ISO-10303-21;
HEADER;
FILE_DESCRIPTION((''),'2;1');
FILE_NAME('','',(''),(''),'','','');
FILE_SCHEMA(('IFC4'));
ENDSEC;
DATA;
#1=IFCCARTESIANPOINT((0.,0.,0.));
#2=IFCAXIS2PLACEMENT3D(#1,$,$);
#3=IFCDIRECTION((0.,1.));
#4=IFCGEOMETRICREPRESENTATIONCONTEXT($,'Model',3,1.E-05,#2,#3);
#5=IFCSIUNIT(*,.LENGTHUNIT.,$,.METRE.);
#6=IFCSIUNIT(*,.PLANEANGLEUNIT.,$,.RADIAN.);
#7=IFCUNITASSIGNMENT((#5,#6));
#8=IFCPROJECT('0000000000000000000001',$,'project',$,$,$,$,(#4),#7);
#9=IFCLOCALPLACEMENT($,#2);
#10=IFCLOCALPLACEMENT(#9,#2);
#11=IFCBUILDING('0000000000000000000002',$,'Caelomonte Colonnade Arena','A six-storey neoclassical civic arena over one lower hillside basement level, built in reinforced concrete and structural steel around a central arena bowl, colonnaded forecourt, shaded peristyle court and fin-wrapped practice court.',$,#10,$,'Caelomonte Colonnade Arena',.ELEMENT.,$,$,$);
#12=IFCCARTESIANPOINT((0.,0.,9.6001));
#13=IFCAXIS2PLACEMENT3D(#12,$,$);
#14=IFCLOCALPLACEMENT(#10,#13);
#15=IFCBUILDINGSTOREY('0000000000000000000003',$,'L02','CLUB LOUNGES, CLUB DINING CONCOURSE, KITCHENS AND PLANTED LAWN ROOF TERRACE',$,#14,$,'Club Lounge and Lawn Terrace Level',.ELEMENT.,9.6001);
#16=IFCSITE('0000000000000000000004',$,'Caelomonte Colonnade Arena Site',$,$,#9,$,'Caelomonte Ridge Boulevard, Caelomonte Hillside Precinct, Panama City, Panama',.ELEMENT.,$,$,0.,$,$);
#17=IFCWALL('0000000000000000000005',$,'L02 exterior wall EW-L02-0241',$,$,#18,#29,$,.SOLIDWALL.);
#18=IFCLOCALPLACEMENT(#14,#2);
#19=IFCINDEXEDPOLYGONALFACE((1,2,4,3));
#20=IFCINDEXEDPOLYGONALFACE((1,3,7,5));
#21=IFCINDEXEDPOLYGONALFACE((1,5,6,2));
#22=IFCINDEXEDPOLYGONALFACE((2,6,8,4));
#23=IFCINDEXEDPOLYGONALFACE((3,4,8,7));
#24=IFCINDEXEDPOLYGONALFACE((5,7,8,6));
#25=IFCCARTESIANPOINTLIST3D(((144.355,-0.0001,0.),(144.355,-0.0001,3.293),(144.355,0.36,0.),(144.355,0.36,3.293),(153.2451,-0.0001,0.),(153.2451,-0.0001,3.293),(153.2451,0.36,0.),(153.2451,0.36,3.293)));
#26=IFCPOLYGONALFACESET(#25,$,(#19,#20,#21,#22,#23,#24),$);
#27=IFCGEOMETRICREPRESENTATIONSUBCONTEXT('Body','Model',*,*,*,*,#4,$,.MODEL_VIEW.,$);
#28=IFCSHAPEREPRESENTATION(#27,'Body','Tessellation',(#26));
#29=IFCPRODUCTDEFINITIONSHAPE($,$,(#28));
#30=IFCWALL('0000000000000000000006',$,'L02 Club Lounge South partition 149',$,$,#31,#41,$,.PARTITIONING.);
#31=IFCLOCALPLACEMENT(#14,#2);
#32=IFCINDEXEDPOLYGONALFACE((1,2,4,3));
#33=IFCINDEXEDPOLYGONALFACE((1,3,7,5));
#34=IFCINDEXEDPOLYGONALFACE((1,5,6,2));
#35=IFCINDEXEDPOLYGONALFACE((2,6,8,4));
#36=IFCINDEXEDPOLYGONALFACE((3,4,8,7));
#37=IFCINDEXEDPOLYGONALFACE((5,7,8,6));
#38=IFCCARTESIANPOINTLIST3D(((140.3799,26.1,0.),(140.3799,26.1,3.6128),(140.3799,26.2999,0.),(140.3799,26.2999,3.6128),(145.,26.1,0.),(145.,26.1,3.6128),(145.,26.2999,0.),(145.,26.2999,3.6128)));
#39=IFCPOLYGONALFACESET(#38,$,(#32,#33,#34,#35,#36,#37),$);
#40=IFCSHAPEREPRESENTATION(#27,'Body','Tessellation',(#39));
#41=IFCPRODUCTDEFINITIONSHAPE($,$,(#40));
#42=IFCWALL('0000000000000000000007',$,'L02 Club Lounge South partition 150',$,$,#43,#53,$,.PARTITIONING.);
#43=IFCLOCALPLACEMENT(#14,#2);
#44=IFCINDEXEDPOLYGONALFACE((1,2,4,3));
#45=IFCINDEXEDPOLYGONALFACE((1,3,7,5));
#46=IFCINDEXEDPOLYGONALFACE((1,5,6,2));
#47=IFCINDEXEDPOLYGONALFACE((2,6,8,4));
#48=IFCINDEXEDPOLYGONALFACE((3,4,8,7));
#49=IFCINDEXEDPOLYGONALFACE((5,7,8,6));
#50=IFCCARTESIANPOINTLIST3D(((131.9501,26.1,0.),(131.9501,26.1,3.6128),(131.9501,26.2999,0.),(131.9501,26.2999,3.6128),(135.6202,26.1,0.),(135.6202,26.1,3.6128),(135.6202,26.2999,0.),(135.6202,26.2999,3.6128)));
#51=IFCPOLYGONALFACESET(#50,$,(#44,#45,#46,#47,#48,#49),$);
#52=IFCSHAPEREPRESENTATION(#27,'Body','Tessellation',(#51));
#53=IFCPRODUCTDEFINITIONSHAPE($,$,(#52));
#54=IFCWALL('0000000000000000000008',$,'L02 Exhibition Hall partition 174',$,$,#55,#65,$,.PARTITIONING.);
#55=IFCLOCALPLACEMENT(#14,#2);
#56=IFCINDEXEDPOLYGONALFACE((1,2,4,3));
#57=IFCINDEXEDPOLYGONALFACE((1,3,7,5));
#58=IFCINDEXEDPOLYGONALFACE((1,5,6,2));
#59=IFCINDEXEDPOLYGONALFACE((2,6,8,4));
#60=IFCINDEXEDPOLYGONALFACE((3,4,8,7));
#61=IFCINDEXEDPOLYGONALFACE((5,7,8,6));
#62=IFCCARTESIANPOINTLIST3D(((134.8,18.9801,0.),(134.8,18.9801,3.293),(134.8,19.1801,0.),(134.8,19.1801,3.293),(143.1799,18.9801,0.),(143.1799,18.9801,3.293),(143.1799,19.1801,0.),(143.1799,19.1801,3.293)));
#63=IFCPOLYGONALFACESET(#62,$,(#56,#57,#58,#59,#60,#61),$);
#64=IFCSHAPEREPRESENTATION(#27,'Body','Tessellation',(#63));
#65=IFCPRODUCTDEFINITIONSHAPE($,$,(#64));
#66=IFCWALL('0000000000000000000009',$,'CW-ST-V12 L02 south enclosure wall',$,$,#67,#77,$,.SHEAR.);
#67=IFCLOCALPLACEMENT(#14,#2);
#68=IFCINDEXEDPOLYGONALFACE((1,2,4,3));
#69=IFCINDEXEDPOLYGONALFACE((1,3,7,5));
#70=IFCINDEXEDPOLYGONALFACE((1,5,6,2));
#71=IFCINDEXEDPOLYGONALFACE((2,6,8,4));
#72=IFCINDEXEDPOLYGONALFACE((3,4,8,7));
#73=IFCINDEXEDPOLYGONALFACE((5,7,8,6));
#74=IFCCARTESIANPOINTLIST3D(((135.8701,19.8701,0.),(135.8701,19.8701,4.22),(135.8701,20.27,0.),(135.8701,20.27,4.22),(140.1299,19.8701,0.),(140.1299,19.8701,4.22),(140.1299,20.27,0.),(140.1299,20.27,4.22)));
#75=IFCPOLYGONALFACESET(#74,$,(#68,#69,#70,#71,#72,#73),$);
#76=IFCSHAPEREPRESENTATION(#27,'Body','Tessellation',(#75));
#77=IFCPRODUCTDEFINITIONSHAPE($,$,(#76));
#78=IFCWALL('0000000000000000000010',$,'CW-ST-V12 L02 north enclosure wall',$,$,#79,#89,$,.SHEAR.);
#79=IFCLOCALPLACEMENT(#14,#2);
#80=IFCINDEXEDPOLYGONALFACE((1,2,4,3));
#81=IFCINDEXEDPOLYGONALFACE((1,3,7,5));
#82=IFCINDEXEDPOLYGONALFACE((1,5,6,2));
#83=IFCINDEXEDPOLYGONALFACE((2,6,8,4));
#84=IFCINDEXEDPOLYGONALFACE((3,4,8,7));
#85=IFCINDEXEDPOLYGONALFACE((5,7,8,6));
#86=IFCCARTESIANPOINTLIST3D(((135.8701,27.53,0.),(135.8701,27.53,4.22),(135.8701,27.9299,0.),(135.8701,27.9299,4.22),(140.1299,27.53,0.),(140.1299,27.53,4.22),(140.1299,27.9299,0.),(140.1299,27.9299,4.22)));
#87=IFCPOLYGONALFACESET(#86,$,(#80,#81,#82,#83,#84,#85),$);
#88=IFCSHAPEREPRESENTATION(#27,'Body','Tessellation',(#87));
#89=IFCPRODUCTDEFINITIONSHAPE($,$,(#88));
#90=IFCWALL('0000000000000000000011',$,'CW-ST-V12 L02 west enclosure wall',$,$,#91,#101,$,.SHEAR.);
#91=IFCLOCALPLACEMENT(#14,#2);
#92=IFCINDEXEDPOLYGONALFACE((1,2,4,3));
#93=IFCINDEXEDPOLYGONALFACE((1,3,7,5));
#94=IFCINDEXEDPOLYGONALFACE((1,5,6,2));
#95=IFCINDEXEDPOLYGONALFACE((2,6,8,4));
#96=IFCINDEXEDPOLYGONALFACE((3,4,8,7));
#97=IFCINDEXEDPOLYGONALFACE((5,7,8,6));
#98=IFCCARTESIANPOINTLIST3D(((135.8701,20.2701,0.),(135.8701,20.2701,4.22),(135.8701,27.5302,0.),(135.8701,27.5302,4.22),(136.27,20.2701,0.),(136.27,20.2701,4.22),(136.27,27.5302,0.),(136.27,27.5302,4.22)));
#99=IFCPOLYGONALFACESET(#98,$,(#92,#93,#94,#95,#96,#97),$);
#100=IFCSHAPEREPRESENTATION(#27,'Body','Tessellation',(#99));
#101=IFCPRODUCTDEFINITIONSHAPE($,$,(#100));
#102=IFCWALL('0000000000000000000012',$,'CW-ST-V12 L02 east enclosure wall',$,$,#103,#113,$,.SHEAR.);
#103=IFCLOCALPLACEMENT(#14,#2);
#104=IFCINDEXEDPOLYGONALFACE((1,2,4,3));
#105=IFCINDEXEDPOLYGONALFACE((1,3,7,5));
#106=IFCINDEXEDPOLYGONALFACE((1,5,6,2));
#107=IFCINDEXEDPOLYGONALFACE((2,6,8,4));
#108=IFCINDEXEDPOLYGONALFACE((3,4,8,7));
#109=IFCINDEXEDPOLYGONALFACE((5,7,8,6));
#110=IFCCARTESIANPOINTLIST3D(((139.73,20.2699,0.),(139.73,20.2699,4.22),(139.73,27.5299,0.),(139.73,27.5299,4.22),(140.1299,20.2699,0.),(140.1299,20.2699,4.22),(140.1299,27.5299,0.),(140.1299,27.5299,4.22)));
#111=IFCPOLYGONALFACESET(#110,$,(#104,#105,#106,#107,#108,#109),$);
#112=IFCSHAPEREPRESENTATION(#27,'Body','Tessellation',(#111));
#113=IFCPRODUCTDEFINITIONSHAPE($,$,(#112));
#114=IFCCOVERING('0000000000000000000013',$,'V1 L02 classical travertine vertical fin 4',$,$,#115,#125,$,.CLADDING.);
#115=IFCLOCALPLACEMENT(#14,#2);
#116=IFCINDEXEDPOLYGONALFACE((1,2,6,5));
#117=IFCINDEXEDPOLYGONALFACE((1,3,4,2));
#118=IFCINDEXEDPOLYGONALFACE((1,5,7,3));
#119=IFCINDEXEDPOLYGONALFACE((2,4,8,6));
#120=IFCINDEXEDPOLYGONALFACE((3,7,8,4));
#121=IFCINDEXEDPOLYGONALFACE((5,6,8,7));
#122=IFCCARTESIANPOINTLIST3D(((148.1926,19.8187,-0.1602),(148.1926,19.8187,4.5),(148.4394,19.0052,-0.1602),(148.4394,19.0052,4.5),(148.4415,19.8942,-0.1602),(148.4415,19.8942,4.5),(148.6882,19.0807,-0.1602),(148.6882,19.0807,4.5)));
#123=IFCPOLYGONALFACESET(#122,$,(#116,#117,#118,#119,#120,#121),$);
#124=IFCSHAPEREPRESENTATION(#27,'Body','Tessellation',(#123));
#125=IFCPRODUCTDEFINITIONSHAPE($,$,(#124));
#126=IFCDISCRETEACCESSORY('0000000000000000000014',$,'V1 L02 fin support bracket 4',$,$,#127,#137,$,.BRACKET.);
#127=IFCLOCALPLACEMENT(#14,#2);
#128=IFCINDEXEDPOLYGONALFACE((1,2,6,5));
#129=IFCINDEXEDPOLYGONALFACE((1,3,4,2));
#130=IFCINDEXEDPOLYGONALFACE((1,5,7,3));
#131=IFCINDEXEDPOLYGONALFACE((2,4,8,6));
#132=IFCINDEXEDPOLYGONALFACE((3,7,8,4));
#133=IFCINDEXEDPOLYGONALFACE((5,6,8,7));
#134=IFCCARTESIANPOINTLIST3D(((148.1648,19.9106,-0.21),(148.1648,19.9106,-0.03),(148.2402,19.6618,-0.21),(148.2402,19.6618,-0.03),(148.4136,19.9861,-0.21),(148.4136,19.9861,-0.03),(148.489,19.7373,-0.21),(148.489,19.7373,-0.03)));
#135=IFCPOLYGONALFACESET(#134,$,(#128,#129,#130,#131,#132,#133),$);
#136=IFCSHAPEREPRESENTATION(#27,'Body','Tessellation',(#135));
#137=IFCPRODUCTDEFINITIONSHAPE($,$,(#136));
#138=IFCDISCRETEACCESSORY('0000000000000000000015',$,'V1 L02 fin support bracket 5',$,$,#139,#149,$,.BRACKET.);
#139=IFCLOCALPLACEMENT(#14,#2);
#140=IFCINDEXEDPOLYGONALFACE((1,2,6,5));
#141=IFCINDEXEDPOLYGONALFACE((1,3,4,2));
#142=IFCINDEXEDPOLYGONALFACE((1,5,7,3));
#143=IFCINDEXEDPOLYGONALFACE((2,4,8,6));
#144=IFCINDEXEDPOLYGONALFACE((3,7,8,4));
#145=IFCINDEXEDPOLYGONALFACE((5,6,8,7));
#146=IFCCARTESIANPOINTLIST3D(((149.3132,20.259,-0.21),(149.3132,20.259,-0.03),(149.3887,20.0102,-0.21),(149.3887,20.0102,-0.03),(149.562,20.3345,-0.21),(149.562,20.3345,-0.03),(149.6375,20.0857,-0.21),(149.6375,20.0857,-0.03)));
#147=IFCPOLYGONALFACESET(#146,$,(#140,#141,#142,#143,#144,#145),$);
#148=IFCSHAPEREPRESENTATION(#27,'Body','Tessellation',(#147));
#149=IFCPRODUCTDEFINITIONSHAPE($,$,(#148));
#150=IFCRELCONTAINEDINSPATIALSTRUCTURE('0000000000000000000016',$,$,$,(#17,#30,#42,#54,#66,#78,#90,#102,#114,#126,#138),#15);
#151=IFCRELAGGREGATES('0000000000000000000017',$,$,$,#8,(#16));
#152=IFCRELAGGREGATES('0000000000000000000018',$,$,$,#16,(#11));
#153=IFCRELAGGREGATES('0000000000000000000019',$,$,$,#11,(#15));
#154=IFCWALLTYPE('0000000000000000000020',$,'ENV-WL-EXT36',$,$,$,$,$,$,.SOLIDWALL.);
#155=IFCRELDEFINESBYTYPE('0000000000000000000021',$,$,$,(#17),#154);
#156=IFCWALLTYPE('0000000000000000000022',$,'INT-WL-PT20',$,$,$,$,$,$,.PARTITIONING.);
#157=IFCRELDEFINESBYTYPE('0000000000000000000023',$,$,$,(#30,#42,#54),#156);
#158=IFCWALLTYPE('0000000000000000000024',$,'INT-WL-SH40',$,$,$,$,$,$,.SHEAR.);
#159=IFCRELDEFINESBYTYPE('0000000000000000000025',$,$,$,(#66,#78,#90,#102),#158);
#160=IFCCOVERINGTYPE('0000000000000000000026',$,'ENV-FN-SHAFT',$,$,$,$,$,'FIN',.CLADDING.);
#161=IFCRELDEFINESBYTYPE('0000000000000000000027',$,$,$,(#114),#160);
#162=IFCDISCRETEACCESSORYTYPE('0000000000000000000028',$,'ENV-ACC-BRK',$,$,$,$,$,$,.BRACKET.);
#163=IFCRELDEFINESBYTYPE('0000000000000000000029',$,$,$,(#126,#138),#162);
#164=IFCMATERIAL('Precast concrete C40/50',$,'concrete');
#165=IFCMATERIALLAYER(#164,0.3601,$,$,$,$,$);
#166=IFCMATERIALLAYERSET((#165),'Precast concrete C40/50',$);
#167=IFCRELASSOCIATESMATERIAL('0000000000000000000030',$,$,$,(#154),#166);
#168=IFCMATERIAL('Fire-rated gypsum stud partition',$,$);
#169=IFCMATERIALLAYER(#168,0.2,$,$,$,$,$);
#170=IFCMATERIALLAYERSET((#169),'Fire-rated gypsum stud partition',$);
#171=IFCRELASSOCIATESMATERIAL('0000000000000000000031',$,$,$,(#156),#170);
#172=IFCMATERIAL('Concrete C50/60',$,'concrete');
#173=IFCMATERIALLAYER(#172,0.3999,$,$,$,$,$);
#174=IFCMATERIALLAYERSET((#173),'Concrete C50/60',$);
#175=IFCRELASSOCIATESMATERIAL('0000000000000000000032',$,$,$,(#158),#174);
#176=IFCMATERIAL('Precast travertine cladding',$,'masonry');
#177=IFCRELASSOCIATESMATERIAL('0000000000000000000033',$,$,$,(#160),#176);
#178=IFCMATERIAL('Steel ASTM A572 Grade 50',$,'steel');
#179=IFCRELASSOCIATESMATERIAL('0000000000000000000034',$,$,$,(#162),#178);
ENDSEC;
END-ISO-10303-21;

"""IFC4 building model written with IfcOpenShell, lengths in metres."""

from ifc_helpers import new_model, si_unit, direction, frame, frame_2d, origin, origin_2d, place, context, subcontext, project, spatial, rectangle, extrude, material, layer, layer_set, material_profile, profile_set, type_object, element, save


model = new_model("IFC4")

# Units and contexts
model_context = context("Model", 3, precision=1e-05, world=origin(), true_north=direction((0.0, 1.0)))
body_context = subcontext(model_context, "Body", "Model", "MODEL_VIEW")
ifc_project = project(units=[si_unit("LENGTHUNIT", "METRE"), si_unit("PLANEANGLEUNIT", "RADIAN")], contexts=[model_context])

# Site, building, storey
site_placement = place(None, origin())
site = spatial("IfcSite", under=ifc_project, at=site_placement, Name="Caelomonte Colonnade Arena Site", LongName="Caelomonte Ridge Boulevard, Caelomonte Hillside Precinct, Panama City, Panama", CompositionType="ELEMENT", RefElevation=0.0)
building_placement = place(site_placement, origin())
building = spatial("IfcBuilding", under=site, at=building_placement, Name="Caelomonte Colonnade Arena", Description="A six-storey neoclassical civic arena over one lower hillside basement level, built in reinforced concrete and structural steel around a central arena bowl, colonnaded forecourt, shaded peristyle court and fin-wrapped practice court.", LongName="Caelomonte Colonnade Arena", CompositionType="ELEMENT")
storey_placement = place(building_placement, frame((0.0, 0.0, 9.6001)))
storey = spatial("IfcBuildingStorey", under=building, at=storey_placement, Name="L02", Description="CLUB LOUNGES, CLUB DINING CONCOURSE, KITCHENS AND PLANTED LAWN ROOF TERRACE", LongName="Club Lounge and Lawn Terrace Level", CompositionType="ELEMENT", Elevation=9.6001)

# Shared definitions
ifc_material_1 = material(Name="Concrete C50/60", Category="concrete")

# Walls
ifc_material_2 = material(Name="Precast concrete C40/50", Category="concrete")
ifc_layer_1 = layer(ifc_material_2, 0.3601)
ifc_layer_set_1 = layer_set([ifc_layer_1], Name="Precast concrete C40/50")
wall_type_1 = type_object("IfcWallType", Name="ENV-WL-EXT36", PredefinedType="SOLIDWALL", material=ifc_layer_set_1)
wall_1_placement = place(storey_placement, frame((144.355, 0.1799, 0.0), z_axis=(0.0, 0.0, 1.0), x_axis=(1.0, 0.0, 0.0)))
element("IfcWall", 1, at=wall_1_placement, inside=storey, type_object=wall_type_1, Name="L02 exterior wall EW-L02-0241", PredefinedType="SOLIDWALL", context=body_context, shape_type="SweptSolid", body=[
    extrude(rectangle(XDim=8.8901, YDim=0.3601, at=frame_2d((4.4451, 0.0))), origin(), (0.0, 0.0, 1.0), 3.293),
])
ifc_material_3 = material(Name="Fire-rated gypsum stud partition")
ifc_layer_2 = layer(ifc_material_3, 0.2)
ifc_layer_set_2 = layer_set([ifc_layer_2], Name="Fire-rated gypsum stud partition")
wall_type_2 = type_object("IfcWallType", Name="INT-WL-PT20", PredefinedType="PARTITIONING", material=ifc_layer_set_2)
wall_2_placement = place(storey_placement, frame((145.0, 26.2, 0.0), z_axis=(0.0, 0.0, 1.0), x_axis=(-1.0, 0.0, 0.0)))
element("IfcWall", 2, at=wall_2_placement, inside=storey, type_object=wall_type_2, Name="L02 Club Lounge South partition 149", PredefinedType="PARTITIONING", context=body_context, shape_type="SweptSolid", body=[
    extrude(rectangle(XDim=4.6201, YDim=0.2, at=frame_2d((2.3101, 0.0))), origin(), (0.0, 0.0, 1.0), 3.6128),
])
wall_3_placement = place(storey_placement, frame((135.6201, 26.2, 0.0), z_axis=(0.0, 0.0, 1.0), x_axis=(-1.0, 0.0, 0.0)))
element("IfcWall", 3, at=wall_3_placement, inside=storey, type_object=wall_type_2, Name="L02 Club Lounge South partition 150", PredefinedType="PARTITIONING", context=body_context, shape_type="SweptSolid", body=[
    extrude(rectangle(XDim=3.6702, YDim=0.2, at=frame_2d((1.835, 0.0))), origin(), (0.0, 0.0, 1.0), 3.6128),
])
wall_4_placement = place(storey_placement, frame((134.8, 19.0801, 0.0), z_axis=(0.0, 0.0, 1.0), x_axis=(1.0, 0.0, 0.0)))
element("IfcWall", 4, at=wall_4_placement, inside=storey, type_object=wall_type_2, Name="L02 Exhibition Hall partition 174", PredefinedType="PARTITIONING", context=body_context, shape_type="SweptSolid", body=[
    extrude(rectangle(XDim=8.3799, YDim=0.2, at=frame_2d((4.1899, 0.0))), origin(), (0.0, 0.0, 1.0), 3.293),
])
ifc_layer_3 = layer(ifc_material_1, 0.3999)
ifc_layer_set_3 = layer_set([ifc_layer_3], Name="Concrete C50/60")
wall_type_3 = type_object("IfcWallType", Name="INT-WL-SH40", PredefinedType="SHEAR", material=ifc_layer_set_3)
for number, where, z_axis, x_axis, name in (
    (5, (135.8701, 20.0701, 0.0), (0.0, 0.0, 1.0), (1.0, 0.0, 0.0), "CW-ST-V12 L02 south enclosure wall"),
    (6, (140.1299, 27.73, 0.0), (0.0, 0.0, 1.0), (-1.0, 0.0, 0.0), "CW-ST-V12 L02 north enclosure wall"),
):
    element("IfcWall", number, at=place(storey_placement, frame(where, z_axis=z_axis, x_axis=x_axis)), inside=storey, type_object=wall_type_3, Name=name, PredefinedType="SHEAR", context=body_context, shape_type="SweptSolid", body=[
        extrude(rectangle(XDim=4.2598, YDim=0.3999, at=frame_2d((2.1299, 0.0))), origin(), (0.0, 0.0, 1.0), 4.22),
    ])
for number, where, z_axis, x_axis, name in (
    (7, (136.0701, 27.53, 0.0), (0.0, 0.0, 1.0), (0.0, -1.0, 0.0), "CW-ST-V12 L02 west enclosure wall"),
    (8, (139.9299, 20.27, 0.0), (0.0, 0.0, 1.0), (0.0, 1.0, 0.0), "CW-ST-V12 L02 east enclosure wall"),
):
    element("IfcWall", number, at=place(storey_placement, frame(where, z_axis=z_axis, x_axis=x_axis)), inside=storey, type_object=wall_type_3, Name=name, PredefinedType="SHEAR", context=body_context, shape_type="SweptSolid", body=[
        extrude(rectangle(XDim=7.26, YDim=0.3999, at=frame_2d((3.6299, 0.0))), origin(), (0.0, 0.0, 1.0), 4.22),
    ])

# Covering
ifc_material_4 = material(Name="Precast travertine cladding", Category="masonry")
ifc_material_profile_1 = material_profile(ifc_material_4, rectangle(XDim=0.26, YDim=0.8501, at=origin_2d()), Name="FIN260X850")
ifc_profile_set_1 = profile_set([ifc_material_profile_1], Name="Precast travertine cladding")
covering_type = type_object("IfcCoveringType", Name="ENV-FN-SHAFT", ElementType="FIN", PredefinedType="CLADDING", material=ifc_profile_set_1)
covering_placement = place(storey_placement, frame((148.4404, 19.4497, -0.1602), z_axis=(0.0, 0.0, 1.0), x_axis=(-0.956943, -0.290276, 0.0)))
element("IfcCovering", 9, at=covering_placement, inside=storey, type_object=covering_type, Name="V1 L02 classical travertine vertical fin 4", PredefinedType="CLADDING", context=body_context, shape_type="SweptSolid", body=[
    extrude(rectangle(XDim=0.26, YDim=0.8501, at=origin_2d()), origin(), (0.0, 0.0, 1.0), 4.6602),
])

# Discrete accessories
ifc_material_5 = material(Name="Steel ASTM A572 Grade 50", Category="steel")
discrete_accessory_type = type_object("IfcDiscreteAccessoryType", Name="ENV-ACC-BRK", PredefinedType="BRACKET", material=ifc_material_5)
for number, where, z_axis, x_axis, name in (
    (10, (148.3269, 19.824, -0.21), (0.0, 0.0, 1.0), (0.956943, 0.290276, 0.0), "V1 L02 fin support bracket 4"),
    (11, (149.4753, 20.1724, -0.21), (0.0, 0.0, 1.0), (0.956943, 0.290276, 0.0), "V1 L02 fin support bracket 5"),
):
    element("IfcDiscreteAccessory", number, at=place(storey_placement, frame(where, z_axis=z_axis, x_axis=x_axis)), inside=storey, type_object=discrete_accessory_type, Name=name, PredefinedType="BRACKET", context=body_context, shape_type="SweptSolid", body=[
        extrude(rectangle(XDim=0.26, YDim=0.26, at=origin_2d()), origin(), (0.0, 0.0, 1.0), 0.1799),
    ])

save(model, "model.ifc")
